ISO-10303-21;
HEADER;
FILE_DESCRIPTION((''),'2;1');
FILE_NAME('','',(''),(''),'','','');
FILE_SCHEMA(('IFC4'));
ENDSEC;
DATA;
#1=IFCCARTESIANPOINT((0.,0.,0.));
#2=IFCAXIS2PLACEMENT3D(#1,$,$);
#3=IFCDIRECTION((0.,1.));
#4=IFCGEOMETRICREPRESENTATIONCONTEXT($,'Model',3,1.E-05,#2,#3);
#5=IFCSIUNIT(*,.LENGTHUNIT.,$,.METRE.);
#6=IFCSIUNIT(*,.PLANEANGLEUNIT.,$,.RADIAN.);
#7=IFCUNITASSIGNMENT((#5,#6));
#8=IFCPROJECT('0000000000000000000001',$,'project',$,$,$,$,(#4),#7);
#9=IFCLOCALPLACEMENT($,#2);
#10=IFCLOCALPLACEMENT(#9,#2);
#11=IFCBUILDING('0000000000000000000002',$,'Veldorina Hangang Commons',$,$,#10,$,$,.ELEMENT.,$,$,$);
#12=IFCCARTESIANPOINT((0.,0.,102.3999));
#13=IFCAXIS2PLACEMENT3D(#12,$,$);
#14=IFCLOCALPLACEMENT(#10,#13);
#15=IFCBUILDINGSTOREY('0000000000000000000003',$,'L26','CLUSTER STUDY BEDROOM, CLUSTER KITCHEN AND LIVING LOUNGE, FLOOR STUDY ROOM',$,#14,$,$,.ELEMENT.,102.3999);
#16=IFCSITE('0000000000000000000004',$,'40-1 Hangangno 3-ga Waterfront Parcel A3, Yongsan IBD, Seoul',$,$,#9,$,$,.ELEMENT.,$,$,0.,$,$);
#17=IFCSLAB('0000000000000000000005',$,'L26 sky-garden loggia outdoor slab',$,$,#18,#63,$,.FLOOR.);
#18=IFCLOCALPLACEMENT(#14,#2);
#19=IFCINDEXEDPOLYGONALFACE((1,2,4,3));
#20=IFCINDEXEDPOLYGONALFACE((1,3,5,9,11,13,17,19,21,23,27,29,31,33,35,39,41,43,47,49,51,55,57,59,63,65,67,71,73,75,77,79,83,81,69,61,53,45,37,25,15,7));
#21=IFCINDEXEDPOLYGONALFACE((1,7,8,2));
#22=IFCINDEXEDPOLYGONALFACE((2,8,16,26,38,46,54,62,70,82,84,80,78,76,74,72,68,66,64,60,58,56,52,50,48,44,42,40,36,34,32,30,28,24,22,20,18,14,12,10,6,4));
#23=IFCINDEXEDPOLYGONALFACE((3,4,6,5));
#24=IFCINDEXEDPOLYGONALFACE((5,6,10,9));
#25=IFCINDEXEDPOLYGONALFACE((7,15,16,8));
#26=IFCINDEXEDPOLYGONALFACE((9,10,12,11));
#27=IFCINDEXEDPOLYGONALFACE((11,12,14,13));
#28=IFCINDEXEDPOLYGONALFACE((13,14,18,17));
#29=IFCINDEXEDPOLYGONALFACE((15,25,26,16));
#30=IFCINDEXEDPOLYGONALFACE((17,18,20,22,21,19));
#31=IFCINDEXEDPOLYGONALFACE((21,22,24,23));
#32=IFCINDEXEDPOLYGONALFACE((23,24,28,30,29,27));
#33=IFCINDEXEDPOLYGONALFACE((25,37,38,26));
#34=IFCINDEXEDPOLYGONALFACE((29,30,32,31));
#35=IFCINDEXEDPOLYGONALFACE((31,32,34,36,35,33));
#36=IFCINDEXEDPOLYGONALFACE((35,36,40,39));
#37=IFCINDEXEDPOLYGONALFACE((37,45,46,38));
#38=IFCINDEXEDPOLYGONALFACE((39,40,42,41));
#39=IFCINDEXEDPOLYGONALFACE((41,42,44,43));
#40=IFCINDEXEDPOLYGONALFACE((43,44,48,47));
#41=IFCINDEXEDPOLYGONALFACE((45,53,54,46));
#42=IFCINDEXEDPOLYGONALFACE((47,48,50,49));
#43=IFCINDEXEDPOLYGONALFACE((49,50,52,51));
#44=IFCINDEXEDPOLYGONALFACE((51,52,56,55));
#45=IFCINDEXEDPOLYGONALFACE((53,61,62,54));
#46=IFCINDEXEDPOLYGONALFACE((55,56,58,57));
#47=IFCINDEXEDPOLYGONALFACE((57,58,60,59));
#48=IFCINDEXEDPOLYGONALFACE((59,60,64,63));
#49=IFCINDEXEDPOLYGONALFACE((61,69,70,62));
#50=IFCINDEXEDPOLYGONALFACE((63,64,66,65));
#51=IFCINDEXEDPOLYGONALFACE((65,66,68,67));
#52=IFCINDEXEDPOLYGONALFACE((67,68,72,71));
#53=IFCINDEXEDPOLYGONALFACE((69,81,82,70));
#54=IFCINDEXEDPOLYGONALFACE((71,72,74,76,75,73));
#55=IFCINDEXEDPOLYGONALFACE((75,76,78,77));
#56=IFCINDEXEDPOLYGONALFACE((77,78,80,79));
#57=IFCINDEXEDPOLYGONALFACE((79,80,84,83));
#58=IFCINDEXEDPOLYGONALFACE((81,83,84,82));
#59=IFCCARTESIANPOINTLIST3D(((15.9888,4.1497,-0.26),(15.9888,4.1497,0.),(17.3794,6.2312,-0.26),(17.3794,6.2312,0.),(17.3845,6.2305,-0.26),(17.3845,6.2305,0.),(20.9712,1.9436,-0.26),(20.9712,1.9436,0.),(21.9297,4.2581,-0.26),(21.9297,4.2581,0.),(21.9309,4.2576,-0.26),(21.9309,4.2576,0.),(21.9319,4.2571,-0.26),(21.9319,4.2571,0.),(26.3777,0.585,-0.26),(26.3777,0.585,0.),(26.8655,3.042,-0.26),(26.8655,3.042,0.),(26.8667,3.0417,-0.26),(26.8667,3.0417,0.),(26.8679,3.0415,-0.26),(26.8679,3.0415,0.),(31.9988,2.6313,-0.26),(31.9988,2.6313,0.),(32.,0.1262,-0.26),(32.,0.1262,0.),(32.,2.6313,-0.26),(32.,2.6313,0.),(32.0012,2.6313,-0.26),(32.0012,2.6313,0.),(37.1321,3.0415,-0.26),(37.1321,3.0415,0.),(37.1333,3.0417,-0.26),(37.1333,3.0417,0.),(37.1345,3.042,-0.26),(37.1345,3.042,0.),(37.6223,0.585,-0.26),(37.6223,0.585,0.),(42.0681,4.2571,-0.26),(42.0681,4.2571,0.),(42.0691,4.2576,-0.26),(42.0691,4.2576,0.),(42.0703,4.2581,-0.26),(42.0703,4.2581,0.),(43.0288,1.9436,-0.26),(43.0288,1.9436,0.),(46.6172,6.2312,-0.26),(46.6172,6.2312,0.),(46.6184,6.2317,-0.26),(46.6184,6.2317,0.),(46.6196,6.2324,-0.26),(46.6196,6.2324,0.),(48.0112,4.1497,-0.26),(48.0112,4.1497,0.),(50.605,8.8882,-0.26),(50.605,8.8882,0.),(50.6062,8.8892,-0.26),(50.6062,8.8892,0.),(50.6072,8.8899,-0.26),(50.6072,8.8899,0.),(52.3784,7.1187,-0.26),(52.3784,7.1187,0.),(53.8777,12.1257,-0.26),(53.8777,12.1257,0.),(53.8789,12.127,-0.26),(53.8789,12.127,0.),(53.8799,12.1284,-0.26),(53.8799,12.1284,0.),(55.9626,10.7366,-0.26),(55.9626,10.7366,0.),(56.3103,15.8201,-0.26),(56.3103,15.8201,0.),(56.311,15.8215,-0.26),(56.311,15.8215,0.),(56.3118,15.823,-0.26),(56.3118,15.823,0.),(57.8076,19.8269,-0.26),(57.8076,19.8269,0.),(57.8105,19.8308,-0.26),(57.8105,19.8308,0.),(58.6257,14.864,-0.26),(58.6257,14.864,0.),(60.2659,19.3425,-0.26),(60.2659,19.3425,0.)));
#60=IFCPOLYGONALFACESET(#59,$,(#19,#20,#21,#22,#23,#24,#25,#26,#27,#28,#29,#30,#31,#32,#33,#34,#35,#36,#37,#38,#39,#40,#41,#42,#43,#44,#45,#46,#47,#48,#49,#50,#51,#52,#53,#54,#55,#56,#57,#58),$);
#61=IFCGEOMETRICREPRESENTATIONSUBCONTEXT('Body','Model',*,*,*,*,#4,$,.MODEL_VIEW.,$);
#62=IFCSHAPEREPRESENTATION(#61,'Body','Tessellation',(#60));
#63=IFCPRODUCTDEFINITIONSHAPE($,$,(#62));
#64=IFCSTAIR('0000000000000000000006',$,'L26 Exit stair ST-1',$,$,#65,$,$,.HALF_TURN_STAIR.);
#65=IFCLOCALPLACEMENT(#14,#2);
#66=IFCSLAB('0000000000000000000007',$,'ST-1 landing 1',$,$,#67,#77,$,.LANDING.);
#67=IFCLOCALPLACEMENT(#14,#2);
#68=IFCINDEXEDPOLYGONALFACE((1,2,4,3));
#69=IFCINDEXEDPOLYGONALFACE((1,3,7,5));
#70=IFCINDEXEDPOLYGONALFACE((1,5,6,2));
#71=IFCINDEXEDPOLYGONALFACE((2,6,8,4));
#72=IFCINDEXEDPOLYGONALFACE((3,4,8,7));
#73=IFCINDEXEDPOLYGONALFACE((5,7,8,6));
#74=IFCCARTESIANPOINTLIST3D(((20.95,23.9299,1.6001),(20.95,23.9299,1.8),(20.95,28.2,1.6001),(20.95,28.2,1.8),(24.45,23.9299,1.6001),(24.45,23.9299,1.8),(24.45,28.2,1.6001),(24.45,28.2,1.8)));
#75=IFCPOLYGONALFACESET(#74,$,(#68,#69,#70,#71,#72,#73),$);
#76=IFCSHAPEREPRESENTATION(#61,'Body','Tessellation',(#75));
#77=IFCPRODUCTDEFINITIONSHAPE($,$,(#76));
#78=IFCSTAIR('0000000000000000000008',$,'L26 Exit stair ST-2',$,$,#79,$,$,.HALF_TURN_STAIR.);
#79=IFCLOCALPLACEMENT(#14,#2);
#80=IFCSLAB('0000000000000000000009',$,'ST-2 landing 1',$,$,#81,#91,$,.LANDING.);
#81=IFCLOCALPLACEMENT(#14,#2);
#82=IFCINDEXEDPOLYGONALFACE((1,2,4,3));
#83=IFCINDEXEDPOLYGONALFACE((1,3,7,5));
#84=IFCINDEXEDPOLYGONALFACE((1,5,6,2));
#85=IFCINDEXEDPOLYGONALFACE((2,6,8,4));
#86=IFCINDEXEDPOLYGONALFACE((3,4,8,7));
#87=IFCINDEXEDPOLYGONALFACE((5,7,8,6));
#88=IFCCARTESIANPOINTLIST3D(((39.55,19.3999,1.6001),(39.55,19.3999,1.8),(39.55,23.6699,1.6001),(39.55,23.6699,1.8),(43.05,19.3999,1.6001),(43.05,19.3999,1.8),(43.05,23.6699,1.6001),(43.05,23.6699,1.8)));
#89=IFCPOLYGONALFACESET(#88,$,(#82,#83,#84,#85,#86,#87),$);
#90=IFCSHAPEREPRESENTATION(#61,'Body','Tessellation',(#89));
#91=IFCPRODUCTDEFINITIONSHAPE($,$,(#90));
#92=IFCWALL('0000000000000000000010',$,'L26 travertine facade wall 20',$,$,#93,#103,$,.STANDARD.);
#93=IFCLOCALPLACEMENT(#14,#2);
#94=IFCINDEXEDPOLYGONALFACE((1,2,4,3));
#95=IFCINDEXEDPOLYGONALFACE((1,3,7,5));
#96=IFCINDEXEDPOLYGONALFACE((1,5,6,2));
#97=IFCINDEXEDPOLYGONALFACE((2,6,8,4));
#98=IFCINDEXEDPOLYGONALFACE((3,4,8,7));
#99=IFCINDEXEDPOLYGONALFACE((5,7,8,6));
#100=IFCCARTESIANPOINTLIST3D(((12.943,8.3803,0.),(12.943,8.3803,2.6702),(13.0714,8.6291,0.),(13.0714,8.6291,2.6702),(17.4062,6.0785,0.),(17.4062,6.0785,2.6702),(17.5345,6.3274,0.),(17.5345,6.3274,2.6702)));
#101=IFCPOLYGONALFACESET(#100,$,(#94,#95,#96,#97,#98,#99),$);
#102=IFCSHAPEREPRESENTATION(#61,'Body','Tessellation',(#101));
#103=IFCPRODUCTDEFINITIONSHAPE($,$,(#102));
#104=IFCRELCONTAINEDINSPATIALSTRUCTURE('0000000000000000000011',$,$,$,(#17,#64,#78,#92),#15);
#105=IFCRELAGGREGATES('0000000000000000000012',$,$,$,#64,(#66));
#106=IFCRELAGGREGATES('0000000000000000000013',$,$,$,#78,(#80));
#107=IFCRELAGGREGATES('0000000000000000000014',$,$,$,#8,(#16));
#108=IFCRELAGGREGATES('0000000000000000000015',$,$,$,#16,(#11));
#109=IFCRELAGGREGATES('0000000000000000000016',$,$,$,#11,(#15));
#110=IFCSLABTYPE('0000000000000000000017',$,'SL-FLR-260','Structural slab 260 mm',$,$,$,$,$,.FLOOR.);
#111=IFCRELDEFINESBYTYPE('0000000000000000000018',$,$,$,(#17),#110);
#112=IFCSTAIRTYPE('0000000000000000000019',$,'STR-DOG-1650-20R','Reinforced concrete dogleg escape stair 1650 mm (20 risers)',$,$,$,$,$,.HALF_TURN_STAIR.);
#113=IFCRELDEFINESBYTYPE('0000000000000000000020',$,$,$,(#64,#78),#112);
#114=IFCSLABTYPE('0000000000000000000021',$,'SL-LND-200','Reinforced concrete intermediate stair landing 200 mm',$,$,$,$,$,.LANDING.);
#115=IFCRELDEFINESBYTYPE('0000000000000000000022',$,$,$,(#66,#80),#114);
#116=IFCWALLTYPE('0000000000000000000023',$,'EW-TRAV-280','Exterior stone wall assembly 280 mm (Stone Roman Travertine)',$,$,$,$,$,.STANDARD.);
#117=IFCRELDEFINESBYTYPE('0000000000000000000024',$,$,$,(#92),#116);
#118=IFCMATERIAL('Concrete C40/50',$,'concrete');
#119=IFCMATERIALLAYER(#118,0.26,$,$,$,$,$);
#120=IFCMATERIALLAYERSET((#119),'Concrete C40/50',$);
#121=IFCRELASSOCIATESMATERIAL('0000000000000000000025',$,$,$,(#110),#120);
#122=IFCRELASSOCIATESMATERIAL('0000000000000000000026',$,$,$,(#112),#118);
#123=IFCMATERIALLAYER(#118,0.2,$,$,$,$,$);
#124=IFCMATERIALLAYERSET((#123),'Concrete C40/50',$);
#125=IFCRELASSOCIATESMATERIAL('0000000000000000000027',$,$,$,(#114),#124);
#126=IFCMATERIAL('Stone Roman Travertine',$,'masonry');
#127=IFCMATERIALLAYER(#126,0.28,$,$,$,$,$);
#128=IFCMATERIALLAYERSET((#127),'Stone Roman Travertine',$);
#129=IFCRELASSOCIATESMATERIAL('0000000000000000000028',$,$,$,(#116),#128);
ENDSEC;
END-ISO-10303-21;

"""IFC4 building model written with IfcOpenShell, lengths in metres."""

from ifc_helpers import new_model, si_unit, direction, frame, frame_2d, origin, place, context, subcontext, project, spatial, polyline, rectangle, outline, extrude, material, layer, layer_set, type_object, element, aggregate, save


model = new_model("IFC4")

# Units and contexts
model_context = context("Model", 3, precision=1e-05, world=origin(), true_north=direction((0.0, 1.0)))
body_context = subcontext(model_context, "Body", "Model", "MODEL_VIEW")
ifc_project = project(units=[si_unit("LENGTHUNIT", "METRE"), si_unit("PLANEANGLEUNIT", "RADIAN")], contexts=[model_context])

# Site, building, storey
site_placement = place(None, origin())
site = spatial("IfcSite", under=ifc_project, at=site_placement, Name="40-1 Hangangno 3-ga Waterfront Parcel A3, Yongsan IBD, Seoul", CompositionType="ELEMENT", RefElevation=0.0)
building_placement = place(site_placement, origin())
building = spatial("IfcBuilding", under=site, at=building_placement, Name="Veldorina Hangang Commons", CompositionType="ELEMENT")
storey_placement = place(building_placement, frame((0.0, 0.0, 102.3999)))
storey = spatial("IfcBuildingStorey", under=building, at=storey_placement, Name="L26", Description="CLUSTER STUDY BEDROOM, CLUSTER KITCHEN AND LIVING LOUNGE, FLOOR STUDY ROOM", CompositionType="ELEMENT", Elevation=102.3999)

# Slab
ifc_material_1 = material(Name="Concrete C40/50", Category="concrete")
ifc_layer_1 = layer(ifc_material_1, 0.26)
ifc_layer_set_1 = layer_set([ifc_layer_1], Name="Concrete C40/50")
slab_type_1 = type_object("IfcSlabType", Name="SL-FLR-260", Description="Structural slab 260 mm", PredefinedType="FLOOR", material=ifc_layer_set_1)
slab_1_placement = place(storey_placement, frame((0.0, 0.0, -0.26)))
element("IfcSlab", 1, at=slab_1_placement, inside=storey, type_object=slab_type_1, Name="L26 sky-garden loggia outdoor slab", PredefinedType="FLOOR", context=body_context, shape_type="SweptSolid", body=[
    extrude(outline(polyline([(60.2659, 19.3425), (58.6257, 14.864), (55.9626, 10.7366), (52.3784, 7.1187), (48.0112, 4.1497), (43.0288, 1.9436), (37.6223, 0.585), (32.0, 0.1262), (26.3777, 0.585), (20.9712, 1.9436), (15.9888, 4.1497), (17.3794, 6.2312), (17.3845, 6.2305), (21.9297, 4.2581), (21.9309, 4.2576), (21.9319, 4.2571), (26.8655, 3.042), (26.8667, 3.0417), (26.8679, 3.0415), (31.9988, 2.6313), (32.0, 2.6313), (32.0012, 2.6313), (37.1321, 3.0415), (37.1333, 3.0417), (37.1345, 3.042), (42.0681, 4.2571), (42.0691, 4.2576), (42.0703, 4.2581), (46.6172, 6.2312), (46.6184, 6.2317), (46.6196, 6.2324), (50.605, 8.8882), (50.6062, 8.8892), (50.6072, 8.8899), (53.8777, 12.1257), (53.8789, 12.127), (53.8799, 12.1284), (56.3103, 15.8201), (56.311, 15.8215), (56.3118, 15.823), (57.8076, 19.8269), (57.8105, 19.8308), (60.2659, 19.3425)])), origin(), (0.0, 0.0, 1.0), 0.26),
])

# Stairs, slabs
stair_type = type_object("IfcStairType", Name="STR-DOG-1650-20R", Description="Reinforced concrete dogleg escape stair 1650 mm (20 risers)", PredefinedType="HALF_TURN_STAIR", material=ifc_material_1)
stair_1_placement = place(storey_placement, origin())
stair_1 = element("IfcStair", 2, at=stair_1_placement, inside=storey, type_object=stair_type, Name="L26 Exit stair ST-1", PredefinedType="HALF_TURN_STAIR")
ifc_layer_2 = layer(ifc_material_1, 0.2)
ifc_layer_set_2 = layer_set([ifc_layer_2], Name="Concrete C40/50")
slab_type_2 = type_object("IfcSlabType", Name="SL-LND-200", Description="Reinforced concrete intermediate stair landing 200 mm", PredefinedType="LANDING", material=ifc_layer_set_2)
slab_2_placement = place(storey_placement, frame((0.0, 0.0, 1.6001)))
slab_2 = element("IfcSlab", 3, at=slab_2_placement, type_object=slab_type_2, Name="ST-1 landing 1", PredefinedType="LANDING", context=body_context, shape_type="SweptSolid", body=[
    extrude(outline(polyline([(24.45, 23.9299), (24.45, 28.2), (20.95, 28.2), (20.95, 23.9299), (24.45, 23.9299)])), origin(), (0.0, 0.0, 1.0), 0.2),
])
aggregate(stair_1, [slab_2])
stair_2_placement = place(storey_placement, origin())
stair_2 = element("IfcStair", 4, at=stair_2_placement, inside=storey, type_object=stair_type, Name="L26 Exit stair ST-2", PredefinedType="HALF_TURN_STAIR")
slab_3_placement = place(storey_placement, frame((0.0, 0.0, 1.6001)))
slab_3 = element("IfcSlab", 5, at=slab_3_placement, type_object=slab_type_2, Name="ST-2 landing 1", PredefinedType="LANDING", context=body_context, shape_type="SweptSolid", body=[
    extrude(outline(polyline([(39.55, 23.6699), (39.55, 19.3999), (43.05, 19.3999), (43.05, 23.6699), (39.55, 23.6699)])), origin(), (0.0, 0.0, 1.0), 0.2),
])
aggregate(stair_2, [slab_3])

# Wall
ifc_material_2 = material(Name="Stone Roman Travertine", Category="masonry")
ifc_layer_3 = layer(ifc_material_2, 0.28)
ifc_layer_set_3 = layer_set([ifc_layer_3], Name="Stone Roman Travertine")
wall_type = type_object("IfcWallType", Name="EW-TRAV-280", Description="Exterior stone wall assembly 280 mm (Stone Roman Travertine)", PredefinedType="STANDARD", material=ifc_layer_set_3)
wall_placement = place(storey_placement, frame((13.0073, 8.5046, 0.0), z_axis=(0.0, 0.0, 1.0), x_axis=(0.888766, -0.458361, 0.0)))
element("IfcWall", 6, at=wall_placement, inside=storey, type_object=wall_type, Name="L26 travertine facade wall 20", PredefinedType="STANDARD", context=body_context, shape_type="SweptSolid", body=[
    extrude(rectangle(XDim=5.0217, YDim=0.28, at=frame_2d((2.5107, 0.0))), origin(), (0.0, 0.0, 1.0), 2.6702),
])

save(model, "model.ifc")
